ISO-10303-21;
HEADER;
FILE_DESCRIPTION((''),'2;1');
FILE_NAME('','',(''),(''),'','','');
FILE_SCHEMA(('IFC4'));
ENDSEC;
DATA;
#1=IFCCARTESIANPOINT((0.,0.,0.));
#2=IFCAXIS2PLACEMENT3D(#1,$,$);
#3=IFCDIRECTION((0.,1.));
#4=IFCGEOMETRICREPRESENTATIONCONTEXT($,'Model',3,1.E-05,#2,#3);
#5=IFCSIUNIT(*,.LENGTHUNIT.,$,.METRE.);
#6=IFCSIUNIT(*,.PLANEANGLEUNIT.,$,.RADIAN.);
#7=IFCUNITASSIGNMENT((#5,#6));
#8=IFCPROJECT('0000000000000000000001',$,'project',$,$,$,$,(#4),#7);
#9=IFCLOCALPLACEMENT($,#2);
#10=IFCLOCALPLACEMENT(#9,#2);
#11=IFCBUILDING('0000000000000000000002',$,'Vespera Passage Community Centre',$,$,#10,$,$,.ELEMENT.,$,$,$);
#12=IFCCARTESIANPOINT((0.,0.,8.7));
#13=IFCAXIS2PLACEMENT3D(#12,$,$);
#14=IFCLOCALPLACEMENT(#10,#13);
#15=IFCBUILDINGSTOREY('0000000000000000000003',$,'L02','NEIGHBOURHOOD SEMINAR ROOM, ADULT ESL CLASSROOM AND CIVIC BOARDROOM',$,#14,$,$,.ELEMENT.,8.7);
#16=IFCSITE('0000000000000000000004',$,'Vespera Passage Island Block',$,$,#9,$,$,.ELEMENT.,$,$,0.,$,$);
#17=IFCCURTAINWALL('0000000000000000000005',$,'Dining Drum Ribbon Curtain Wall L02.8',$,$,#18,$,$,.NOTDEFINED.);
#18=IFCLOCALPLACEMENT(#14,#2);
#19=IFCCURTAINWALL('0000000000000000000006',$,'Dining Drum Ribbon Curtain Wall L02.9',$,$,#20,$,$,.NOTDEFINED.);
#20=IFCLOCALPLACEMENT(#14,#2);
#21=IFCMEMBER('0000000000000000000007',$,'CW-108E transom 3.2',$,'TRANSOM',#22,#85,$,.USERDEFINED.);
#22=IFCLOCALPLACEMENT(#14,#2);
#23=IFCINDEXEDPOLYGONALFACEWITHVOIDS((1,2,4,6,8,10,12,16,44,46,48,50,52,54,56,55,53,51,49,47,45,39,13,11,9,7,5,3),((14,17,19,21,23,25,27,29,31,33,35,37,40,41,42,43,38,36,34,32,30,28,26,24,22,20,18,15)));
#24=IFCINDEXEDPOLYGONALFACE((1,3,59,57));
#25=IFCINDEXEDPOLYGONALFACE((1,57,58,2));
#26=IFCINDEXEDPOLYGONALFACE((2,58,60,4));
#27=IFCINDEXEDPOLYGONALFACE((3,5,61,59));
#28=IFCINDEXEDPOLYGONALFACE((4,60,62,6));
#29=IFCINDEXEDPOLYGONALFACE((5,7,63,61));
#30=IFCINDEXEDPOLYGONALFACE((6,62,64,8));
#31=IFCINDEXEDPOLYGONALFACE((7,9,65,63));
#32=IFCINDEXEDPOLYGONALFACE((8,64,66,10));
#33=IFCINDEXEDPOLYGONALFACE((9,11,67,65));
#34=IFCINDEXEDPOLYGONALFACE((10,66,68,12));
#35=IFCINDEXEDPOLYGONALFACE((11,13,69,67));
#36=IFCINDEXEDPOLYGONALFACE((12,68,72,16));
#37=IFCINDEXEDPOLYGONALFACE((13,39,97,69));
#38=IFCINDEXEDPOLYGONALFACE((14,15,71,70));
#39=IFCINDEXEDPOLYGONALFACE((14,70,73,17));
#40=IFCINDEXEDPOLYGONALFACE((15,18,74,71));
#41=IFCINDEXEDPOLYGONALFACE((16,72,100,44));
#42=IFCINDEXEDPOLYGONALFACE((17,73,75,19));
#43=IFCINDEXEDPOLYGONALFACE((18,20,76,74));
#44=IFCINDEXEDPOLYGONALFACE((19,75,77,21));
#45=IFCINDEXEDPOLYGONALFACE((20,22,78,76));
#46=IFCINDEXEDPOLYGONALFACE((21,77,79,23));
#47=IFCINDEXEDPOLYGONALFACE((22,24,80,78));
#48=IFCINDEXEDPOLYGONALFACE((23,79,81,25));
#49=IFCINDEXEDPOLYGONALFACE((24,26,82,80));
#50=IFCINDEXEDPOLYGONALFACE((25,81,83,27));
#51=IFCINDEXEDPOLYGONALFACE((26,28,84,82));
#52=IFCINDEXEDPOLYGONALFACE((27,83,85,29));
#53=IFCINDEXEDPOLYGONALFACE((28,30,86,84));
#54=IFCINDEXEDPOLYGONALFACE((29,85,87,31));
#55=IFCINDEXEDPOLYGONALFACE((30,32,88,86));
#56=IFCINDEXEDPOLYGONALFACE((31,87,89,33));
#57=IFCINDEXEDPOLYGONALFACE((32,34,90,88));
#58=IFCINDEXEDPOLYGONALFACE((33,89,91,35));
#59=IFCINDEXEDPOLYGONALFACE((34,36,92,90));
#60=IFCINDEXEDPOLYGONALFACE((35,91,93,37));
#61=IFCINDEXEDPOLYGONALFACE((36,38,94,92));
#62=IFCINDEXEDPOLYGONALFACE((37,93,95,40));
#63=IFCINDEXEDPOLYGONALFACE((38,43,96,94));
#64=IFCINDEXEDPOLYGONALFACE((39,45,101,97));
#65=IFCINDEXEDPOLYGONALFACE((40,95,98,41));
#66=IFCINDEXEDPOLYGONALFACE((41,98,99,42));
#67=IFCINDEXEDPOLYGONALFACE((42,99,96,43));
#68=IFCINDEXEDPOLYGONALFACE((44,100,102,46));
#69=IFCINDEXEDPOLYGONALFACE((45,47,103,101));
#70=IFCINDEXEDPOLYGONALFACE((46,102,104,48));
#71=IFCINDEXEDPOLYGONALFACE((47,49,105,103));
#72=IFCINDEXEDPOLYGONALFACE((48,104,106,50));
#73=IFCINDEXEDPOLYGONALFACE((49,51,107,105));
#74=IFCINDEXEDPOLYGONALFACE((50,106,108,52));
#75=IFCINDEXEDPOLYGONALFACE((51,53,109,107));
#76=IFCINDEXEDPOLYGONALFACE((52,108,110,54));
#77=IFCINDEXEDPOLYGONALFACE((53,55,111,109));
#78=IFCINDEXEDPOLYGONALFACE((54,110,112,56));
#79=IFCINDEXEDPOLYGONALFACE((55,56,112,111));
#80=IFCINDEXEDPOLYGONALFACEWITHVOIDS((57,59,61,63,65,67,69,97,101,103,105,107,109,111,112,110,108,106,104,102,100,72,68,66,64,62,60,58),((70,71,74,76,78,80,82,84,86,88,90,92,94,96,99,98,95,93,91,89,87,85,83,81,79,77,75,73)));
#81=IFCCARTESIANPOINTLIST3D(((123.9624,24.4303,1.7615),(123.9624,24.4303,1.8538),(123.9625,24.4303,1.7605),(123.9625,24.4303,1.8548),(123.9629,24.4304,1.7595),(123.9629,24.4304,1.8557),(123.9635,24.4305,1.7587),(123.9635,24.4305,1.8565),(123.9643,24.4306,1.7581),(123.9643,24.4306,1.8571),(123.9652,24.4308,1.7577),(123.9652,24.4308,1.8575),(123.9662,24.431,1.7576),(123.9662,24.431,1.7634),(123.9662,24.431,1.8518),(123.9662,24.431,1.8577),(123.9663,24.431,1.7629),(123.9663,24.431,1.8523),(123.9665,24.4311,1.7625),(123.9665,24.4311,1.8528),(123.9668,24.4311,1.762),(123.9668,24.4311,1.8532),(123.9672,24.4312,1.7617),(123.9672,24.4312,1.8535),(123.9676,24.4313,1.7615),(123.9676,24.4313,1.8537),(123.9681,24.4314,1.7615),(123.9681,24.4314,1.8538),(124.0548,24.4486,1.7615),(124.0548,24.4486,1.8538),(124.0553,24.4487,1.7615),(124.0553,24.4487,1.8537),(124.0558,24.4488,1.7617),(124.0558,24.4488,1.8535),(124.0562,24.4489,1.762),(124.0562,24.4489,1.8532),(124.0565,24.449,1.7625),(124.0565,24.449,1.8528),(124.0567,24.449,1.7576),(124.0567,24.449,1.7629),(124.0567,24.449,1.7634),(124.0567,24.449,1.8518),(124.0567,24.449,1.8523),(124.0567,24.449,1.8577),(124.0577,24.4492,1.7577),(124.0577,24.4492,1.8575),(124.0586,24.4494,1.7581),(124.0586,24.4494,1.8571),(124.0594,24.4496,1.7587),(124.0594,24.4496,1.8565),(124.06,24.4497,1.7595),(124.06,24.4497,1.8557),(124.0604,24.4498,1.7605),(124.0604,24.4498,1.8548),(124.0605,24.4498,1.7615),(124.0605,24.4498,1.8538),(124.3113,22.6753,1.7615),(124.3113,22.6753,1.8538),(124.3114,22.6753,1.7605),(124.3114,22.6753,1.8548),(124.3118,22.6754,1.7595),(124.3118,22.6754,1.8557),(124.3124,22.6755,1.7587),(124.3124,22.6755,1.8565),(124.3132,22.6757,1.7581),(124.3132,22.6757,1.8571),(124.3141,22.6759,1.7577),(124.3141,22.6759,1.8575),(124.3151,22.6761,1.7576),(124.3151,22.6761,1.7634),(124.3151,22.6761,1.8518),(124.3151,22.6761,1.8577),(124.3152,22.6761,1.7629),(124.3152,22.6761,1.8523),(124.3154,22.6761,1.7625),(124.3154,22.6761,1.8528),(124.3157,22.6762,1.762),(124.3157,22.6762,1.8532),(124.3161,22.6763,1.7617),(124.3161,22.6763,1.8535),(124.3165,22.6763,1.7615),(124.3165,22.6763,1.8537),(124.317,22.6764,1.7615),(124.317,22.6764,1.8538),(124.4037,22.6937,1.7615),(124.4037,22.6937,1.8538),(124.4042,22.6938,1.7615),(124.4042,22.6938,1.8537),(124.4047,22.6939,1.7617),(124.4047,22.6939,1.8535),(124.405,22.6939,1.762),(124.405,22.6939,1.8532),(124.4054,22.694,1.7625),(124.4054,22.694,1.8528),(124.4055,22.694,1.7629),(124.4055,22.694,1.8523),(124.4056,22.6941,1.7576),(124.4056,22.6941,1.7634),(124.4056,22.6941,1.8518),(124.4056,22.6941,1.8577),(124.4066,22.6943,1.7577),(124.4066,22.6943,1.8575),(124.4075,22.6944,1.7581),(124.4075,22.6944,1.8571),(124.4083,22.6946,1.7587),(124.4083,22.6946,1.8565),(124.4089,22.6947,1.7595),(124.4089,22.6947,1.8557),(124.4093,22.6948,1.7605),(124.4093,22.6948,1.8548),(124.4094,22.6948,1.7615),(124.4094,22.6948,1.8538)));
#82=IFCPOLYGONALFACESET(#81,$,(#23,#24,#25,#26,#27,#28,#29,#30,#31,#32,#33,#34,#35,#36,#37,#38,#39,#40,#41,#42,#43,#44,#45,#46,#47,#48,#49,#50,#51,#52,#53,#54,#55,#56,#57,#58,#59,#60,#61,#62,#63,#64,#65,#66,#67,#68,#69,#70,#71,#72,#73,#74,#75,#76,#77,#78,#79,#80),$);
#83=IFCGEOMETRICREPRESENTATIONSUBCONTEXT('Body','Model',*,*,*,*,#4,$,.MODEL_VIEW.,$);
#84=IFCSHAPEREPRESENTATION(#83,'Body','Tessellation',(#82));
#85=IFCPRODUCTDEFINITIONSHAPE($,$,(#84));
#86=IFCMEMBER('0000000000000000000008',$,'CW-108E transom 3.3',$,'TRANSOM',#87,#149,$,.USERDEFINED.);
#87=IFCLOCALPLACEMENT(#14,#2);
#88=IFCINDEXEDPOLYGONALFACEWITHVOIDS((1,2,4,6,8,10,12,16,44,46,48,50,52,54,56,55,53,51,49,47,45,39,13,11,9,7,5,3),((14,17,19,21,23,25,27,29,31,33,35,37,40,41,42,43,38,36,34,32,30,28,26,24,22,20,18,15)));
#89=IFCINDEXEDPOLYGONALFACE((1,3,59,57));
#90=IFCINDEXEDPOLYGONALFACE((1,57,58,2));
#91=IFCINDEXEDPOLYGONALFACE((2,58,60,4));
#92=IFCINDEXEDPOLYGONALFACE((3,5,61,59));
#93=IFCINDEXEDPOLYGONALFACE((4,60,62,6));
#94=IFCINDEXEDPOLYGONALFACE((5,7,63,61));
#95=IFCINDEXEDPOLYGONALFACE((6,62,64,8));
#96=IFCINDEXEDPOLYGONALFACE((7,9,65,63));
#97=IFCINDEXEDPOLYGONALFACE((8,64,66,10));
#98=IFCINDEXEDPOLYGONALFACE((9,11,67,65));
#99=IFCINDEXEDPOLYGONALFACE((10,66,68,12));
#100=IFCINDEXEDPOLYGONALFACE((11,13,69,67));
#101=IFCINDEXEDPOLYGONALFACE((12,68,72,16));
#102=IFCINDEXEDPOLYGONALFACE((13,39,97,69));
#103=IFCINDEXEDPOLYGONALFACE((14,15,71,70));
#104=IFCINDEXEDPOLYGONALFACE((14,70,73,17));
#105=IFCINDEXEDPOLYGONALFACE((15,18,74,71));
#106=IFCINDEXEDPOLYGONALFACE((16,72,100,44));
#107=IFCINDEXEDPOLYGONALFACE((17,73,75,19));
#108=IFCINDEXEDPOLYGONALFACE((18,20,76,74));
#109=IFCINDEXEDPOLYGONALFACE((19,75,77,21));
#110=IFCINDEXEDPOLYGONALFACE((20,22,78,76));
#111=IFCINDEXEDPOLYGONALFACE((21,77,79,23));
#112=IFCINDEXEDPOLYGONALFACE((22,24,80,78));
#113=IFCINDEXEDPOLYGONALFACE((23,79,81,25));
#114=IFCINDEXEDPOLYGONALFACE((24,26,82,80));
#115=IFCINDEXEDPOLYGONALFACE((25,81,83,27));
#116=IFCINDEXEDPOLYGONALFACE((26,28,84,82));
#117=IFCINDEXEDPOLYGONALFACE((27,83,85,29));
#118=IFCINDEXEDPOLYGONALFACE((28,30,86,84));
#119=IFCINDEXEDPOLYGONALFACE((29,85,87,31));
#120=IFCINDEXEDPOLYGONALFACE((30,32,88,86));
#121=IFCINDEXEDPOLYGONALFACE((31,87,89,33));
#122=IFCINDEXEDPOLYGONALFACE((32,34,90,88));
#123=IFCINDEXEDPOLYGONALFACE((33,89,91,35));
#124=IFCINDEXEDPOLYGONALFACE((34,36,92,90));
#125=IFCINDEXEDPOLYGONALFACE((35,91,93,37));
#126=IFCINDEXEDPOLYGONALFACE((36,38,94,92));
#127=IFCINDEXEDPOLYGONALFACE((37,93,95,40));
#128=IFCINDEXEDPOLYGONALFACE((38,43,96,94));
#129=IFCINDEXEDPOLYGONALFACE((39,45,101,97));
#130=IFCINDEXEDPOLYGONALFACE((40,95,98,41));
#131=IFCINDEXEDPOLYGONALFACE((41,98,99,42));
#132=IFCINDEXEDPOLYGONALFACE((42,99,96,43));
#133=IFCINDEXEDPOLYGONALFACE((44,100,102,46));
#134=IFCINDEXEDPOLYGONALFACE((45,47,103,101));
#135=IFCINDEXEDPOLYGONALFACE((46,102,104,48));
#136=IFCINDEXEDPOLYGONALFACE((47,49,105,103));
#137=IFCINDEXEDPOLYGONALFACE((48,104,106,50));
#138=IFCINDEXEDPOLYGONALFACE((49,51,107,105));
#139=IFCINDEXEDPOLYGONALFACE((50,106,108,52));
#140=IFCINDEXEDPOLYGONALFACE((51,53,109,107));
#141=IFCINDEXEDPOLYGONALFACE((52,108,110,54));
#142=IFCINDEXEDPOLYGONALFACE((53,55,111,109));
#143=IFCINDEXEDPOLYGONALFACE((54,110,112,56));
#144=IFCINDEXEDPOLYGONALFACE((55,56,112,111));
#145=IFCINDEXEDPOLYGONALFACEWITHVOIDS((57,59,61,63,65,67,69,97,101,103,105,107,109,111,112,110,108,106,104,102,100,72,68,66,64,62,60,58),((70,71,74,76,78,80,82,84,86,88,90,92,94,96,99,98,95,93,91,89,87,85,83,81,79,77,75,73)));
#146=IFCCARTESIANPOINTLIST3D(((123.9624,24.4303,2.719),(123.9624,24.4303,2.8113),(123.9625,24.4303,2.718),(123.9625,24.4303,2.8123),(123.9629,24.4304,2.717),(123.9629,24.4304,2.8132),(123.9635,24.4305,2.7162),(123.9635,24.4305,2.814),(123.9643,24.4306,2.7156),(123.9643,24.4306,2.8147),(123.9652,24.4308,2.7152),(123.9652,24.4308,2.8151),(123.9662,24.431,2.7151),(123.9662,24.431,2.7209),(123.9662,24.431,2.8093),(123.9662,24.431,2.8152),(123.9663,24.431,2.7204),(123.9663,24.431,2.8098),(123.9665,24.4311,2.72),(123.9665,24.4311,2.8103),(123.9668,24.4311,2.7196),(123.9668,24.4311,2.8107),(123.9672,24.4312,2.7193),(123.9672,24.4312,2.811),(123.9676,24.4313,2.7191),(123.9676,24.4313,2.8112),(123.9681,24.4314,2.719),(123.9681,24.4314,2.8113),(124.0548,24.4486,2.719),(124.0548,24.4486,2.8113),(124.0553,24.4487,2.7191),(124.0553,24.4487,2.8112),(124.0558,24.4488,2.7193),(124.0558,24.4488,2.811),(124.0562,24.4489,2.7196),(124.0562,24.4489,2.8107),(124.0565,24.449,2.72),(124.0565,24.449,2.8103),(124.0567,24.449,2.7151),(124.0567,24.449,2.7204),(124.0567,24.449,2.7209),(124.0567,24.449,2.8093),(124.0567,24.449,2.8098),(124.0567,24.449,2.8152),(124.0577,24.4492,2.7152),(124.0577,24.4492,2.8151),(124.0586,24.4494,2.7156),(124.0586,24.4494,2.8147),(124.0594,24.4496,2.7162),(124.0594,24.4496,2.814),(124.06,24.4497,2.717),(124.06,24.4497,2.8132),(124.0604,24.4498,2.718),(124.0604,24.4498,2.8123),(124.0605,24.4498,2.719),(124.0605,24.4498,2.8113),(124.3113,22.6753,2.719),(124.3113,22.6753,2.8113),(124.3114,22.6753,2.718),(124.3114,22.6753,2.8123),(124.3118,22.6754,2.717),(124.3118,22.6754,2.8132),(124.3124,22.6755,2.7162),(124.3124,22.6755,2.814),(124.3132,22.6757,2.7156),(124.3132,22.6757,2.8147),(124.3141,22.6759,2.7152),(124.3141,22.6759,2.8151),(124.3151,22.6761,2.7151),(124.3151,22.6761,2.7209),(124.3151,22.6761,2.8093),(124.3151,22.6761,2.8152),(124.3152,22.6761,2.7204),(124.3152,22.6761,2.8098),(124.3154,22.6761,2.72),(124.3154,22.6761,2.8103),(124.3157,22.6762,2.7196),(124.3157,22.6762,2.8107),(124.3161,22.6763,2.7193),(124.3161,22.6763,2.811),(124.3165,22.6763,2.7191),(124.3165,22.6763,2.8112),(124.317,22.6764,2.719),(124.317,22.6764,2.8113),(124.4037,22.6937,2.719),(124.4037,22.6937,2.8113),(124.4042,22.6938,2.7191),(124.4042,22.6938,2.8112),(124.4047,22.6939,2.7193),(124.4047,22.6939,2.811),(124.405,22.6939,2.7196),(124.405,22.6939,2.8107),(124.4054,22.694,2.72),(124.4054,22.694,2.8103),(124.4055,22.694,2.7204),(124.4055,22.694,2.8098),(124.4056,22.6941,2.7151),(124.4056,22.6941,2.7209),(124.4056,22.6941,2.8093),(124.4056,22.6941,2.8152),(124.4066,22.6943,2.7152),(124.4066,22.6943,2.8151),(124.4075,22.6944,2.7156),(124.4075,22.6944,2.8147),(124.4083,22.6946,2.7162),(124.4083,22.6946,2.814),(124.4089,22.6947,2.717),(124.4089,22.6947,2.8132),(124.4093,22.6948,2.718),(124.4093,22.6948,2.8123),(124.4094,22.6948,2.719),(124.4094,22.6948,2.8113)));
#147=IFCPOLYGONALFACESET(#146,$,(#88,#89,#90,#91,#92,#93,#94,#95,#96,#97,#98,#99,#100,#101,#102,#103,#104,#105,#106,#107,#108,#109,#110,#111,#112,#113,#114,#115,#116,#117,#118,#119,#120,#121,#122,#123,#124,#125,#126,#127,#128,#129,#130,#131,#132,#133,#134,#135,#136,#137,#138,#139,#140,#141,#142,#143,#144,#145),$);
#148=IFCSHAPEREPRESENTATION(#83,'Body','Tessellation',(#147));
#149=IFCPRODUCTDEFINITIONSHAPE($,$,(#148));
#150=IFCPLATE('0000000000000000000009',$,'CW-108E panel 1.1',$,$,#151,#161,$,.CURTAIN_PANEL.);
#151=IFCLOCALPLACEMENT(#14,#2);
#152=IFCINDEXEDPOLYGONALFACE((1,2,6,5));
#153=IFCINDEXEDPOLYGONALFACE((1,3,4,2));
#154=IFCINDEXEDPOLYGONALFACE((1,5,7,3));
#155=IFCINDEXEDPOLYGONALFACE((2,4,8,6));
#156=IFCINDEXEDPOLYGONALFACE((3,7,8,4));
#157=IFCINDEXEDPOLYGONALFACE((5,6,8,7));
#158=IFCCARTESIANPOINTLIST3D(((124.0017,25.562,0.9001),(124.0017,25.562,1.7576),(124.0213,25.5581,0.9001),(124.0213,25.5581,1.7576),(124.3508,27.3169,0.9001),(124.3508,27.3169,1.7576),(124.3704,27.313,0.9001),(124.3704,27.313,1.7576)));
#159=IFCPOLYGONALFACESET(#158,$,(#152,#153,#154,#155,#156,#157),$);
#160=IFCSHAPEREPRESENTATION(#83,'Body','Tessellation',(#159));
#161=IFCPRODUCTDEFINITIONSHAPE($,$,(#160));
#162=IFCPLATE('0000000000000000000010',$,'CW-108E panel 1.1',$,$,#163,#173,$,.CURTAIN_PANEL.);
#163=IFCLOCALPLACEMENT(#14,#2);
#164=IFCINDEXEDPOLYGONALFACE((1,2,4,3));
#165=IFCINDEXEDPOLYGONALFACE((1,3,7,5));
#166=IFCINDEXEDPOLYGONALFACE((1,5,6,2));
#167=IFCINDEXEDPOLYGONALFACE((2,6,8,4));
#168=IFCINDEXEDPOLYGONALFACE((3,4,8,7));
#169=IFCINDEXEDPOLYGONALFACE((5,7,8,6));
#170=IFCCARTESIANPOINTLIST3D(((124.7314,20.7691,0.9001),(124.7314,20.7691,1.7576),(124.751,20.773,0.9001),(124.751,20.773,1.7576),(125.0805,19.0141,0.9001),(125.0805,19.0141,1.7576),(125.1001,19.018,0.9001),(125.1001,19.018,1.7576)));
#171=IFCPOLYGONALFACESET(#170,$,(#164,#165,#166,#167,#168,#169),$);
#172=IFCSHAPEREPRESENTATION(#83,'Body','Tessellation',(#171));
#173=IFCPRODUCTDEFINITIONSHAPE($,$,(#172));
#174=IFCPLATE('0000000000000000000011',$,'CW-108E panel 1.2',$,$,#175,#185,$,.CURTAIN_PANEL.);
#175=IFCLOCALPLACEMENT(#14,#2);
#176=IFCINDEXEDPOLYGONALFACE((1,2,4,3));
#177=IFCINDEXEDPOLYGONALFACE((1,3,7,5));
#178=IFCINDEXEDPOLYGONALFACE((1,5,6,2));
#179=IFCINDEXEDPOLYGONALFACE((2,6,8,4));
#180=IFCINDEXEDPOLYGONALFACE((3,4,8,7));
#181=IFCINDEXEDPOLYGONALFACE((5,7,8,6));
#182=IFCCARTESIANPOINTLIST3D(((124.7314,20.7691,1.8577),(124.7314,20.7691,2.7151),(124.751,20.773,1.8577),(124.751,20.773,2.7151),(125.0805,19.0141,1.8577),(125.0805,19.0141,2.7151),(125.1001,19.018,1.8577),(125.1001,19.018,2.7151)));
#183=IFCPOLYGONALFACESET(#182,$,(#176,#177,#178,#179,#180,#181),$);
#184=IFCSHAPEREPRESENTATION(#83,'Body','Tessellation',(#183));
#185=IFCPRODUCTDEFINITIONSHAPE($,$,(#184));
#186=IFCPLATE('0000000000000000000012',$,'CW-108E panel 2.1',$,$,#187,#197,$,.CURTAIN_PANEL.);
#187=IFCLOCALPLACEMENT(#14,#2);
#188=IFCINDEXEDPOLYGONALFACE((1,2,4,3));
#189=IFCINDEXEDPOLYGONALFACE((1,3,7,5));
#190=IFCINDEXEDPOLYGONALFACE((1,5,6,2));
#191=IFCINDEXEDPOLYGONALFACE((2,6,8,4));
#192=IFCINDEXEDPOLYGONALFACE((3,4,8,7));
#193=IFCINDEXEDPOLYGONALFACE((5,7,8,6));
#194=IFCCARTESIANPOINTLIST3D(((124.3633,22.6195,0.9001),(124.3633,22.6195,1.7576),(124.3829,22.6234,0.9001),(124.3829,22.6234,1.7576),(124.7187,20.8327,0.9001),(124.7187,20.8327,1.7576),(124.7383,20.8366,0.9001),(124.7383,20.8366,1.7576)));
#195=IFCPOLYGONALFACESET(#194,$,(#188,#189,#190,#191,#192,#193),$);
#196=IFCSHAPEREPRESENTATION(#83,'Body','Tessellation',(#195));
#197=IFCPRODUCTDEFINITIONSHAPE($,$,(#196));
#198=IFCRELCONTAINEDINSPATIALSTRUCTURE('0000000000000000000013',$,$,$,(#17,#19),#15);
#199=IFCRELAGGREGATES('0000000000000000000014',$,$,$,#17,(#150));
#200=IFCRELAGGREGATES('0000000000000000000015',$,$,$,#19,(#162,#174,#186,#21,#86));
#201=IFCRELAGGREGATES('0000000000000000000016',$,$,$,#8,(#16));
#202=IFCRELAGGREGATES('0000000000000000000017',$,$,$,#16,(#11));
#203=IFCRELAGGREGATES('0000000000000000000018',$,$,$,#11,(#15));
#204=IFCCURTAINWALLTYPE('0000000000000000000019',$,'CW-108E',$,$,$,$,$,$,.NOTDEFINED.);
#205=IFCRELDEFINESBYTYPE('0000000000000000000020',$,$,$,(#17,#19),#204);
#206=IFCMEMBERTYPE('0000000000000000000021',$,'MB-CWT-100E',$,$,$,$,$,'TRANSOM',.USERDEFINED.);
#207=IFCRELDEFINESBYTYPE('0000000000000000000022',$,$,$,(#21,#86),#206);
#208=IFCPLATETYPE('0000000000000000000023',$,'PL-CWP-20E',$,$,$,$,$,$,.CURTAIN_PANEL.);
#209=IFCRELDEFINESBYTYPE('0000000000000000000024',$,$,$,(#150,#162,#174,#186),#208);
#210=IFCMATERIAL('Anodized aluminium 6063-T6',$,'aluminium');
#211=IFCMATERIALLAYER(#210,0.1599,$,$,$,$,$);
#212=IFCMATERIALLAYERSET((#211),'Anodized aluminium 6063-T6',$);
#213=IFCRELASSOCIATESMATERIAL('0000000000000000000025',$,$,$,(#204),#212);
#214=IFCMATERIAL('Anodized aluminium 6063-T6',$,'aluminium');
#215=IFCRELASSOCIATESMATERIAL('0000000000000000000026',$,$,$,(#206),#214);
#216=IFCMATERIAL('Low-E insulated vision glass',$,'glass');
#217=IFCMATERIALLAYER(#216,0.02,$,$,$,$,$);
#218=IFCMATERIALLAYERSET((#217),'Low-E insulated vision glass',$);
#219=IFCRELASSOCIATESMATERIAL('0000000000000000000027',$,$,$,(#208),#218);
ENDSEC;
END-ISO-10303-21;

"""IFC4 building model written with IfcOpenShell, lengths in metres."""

from ifc_helpers import new_model, si_unit, direction, frame, origin, origin_2d, place, context, subcontext, project, spatial, rectangle, hollow_rectangle, extrude, material, layer, layer_set, material_profile, profile_set, type_object, element, aggregate, save


model = new_model("IFC4")

# Units and contexts
model_context = context("Model", 3, precision=1e-05, world=origin(), true_north=direction((0.0, 1.0)))
body_context = subcontext(model_context, "Body", "Model", "MODEL_VIEW")
ifc_project = project(units=[si_unit("LENGTHUNIT", "METRE"), si_unit("PLANEANGLEUNIT", "RADIAN")], contexts=[model_context])

# Site, building, storey
site_placement = place(None, origin())
site = spatial("IfcSite", under=ifc_project, at=site_placement, Name="Vespera Passage Island Block", CompositionType="ELEMENT", RefElevation=0.0)
building_placement = place(site_placement, origin())
building = spatial("IfcBuilding", under=site, at=building_placement, Name="Vespera Passage Community Centre", CompositionType="ELEMENT")
storey_placement = place(building_placement, frame((0.0, 0.0, 8.7)))
storey = spatial("IfcBuildingStorey", under=building, at=storey_placement, Name="L02", Description="NEIGHBOURHOOD SEMINAR ROOM, ADULT ESL CLASSROOM AND CIVIC BOARDROOM", CompositionType="ELEMENT", Elevation=8.7)

# Curtain wall
ifc_material_1 = material(Name="Anodized aluminium 6063-T6", Category="aluminium")
ifc_layer_1 = layer(ifc_material_1, 0.1599)
ifc_layer_set_1 = layer_set([ifc_layer_1], Name="Anodized aluminium 6063-T6")
curtain_wall_type_1 = type_object("IfcCurtainWallType", Name="CW-108E", PredefinedType="NOTDEFINED", material=ifc_layer_set_1)
curtain_wall_1_placement = place(storey_placement, origin())
curtain_wall_1 = element("IfcCurtainWall", 1, at=curtain_wall_1_placement, inside=storey, type_object=curtain_wall_type_1, Name="Dining Drum Ribbon Curtain Wall L02.8", PredefinedType="NOTDEFINED")

# Curtain wall
curtain_wall_2_placement = place(storey_placement, origin())
curtain_wall_2 = element("IfcCurtainWall", 2, at=curtain_wall_2_placement, inside=storey, type_object=curtain_wall_type_1, Name="Dining Drum Ribbon Curtain Wall L02.9", PredefinedType="NOTDEFINED")

# Members
ifc_material_2 = material(Name="Anodized aluminium 6063-T6", Category="aluminium")
ifc_material_profile_1 = material_profile(ifc_material_2, hollow_rectangle(XDim=0.1001, YDim=0.1001, WallThickness=0.0039, InnerFilletRadius=0.002, OuterFilletRadius=0.0039, at=origin_2d()), Name="ALU100X100X4")
ifc_profile_set_1 = profile_set([ifc_material_profile_1], Name="Anodized aluminium 6063-T6")
member_type_1 = type_object("IfcMemberType", Name="MB-CWT-100E", ElementType="TRANSOM", PredefinedType="USERDEFINED", material=ifc_profile_set_1)
member_1_placement = place(storey_placement, frame((124.3604, 22.6851, 1.8076), z_axis=(-0.194988, 0.980806, 0.0), x_axis=(-0.980806, -0.194988, 0.0)))
member_1 = element("IfcMember", 3, at=member_1_placement, type_object=member_type_1, Name="CW-108E transom 3.2", ObjectType="TRANSOM", PredefinedType="USERDEFINED", context=body_context, shape_type="SweptSolid", body=[
    extrude(hollow_rectangle(XDim=0.1001, YDim=0.1001, WallThickness=0.0039, InnerFilletRadius=0.002, OuterFilletRadius=0.0039, at=origin_2d()), origin(), (0.0, 0.0, 1.0), 1.7893),
])
member_2_placement = place(storey_placement, frame((124.3604, 22.6851, 2.7651), z_axis=(-0.194988, 0.980806, 0.0), x_axis=(-0.980806, -0.194988, 0.0)))
member_2 = element("IfcMember", 4, at=member_2_placement, type_object=member_type_1, Name="CW-108E transom 3.3", ObjectType="TRANSOM", PredefinedType="USERDEFINED", context=body_context, shape_type="SweptSolid", body=[
    extrude(hollow_rectangle(XDim=0.1001, YDim=0.1001, WallThickness=0.0039, InnerFilletRadius=0.002, OuterFilletRadius=0.0039, at=origin_2d()), origin(), (0.0, 0.0, 1.0), 1.7893),
])

# Plates
ifc_material_3 = material(Name="Low-E insulated vision glass", Category="glass")
ifc_layer_2 = layer(ifc_material_3, 0.02)
ifc_layer_set_2 = layer_set([ifc_layer_2], Name="Low-E insulated vision glass")
plate_type = type_object("IfcPlateType", Name="PL-CWP-20E", PredefinedType="CURTAIN_PANEL", material=ifc_layer_set_2)
plate_1_placement = place(storey_placement, frame((124.186, 26.4375, 0.9001), z_axis=(0.0, 0.0, 1.0), x_axis=(0.195097, 0.980784, 0.0)))
plate_1 = element("IfcPlate", 5, at=plate_1_placement, type_object=plate_type, Name="CW-108E panel 1.1", PredefinedType="CURTAIN_PANEL", context=body_context, shape_type="SweptSolid", body=[
    extrude(rectangle(XDim=1.7893, YDim=0.02, at=origin_2d()), origin(), (0.0, 0.0, 1.0), 0.8574),
])
aggregate(curtain_wall_1, [plate_1])
plate_2_placement = place(storey_placement, frame((124.9158, 19.8936, 0.9001), z_axis=(0.0, 0.0, 1.0), x_axis=(-0.195097, 0.980784, 0.0)))
plate_2 = element("IfcPlate", 6, at=plate_2_placement, type_object=plate_type, Name="CW-108E panel 1.1", PredefinedType="CURTAIN_PANEL", context=body_context, shape_type="SweptSolid", body=[
    extrude(rectangle(XDim=1.7893, YDim=0.02, at=origin_2d()), origin(), (0.0, 0.0, 1.0), 0.8574),
])
plate_3_placement = place(storey_placement, frame((124.9158, 19.8936, 1.8577), z_axis=(0.0, 0.0, 1.0), x_axis=(-0.195097, 0.980784, 0.0)))
plate_3 = element("IfcPlate", 7, at=plate_3_placement, type_object=plate_type, Name="CW-108E panel 1.2", PredefinedType="CURTAIN_PANEL", context=body_context, shape_type="SweptSolid", body=[
    extrude(rectangle(XDim=1.7893, YDim=0.02, at=origin_2d()), origin(), (0.0, 0.0, 1.0), 0.8574),
])
plate_4_placement = place(storey_placement, frame((124.5508, 21.728, 0.9001), z_axis=(0.0, 0.0, 1.0), x_axis=(-0.195097, 0.980784, 0.0)))
plate_4 = element("IfcPlate", 8, at=plate_4_placement, type_object=plate_type, Name="CW-108E panel 2.1", PredefinedType="CURTAIN_PANEL", context=body_context, shape_type="SweptSolid", body=[
    extrude(rectangle(XDim=1.8218, YDim=0.02, at=origin_2d()), origin(), (0.0, 0.0, 1.0), 0.8574),
])
aggregate(curtain_wall_2, [plate_2, plate_3, plate_4, member_1, member_2])

save(model, "model.ifc")
